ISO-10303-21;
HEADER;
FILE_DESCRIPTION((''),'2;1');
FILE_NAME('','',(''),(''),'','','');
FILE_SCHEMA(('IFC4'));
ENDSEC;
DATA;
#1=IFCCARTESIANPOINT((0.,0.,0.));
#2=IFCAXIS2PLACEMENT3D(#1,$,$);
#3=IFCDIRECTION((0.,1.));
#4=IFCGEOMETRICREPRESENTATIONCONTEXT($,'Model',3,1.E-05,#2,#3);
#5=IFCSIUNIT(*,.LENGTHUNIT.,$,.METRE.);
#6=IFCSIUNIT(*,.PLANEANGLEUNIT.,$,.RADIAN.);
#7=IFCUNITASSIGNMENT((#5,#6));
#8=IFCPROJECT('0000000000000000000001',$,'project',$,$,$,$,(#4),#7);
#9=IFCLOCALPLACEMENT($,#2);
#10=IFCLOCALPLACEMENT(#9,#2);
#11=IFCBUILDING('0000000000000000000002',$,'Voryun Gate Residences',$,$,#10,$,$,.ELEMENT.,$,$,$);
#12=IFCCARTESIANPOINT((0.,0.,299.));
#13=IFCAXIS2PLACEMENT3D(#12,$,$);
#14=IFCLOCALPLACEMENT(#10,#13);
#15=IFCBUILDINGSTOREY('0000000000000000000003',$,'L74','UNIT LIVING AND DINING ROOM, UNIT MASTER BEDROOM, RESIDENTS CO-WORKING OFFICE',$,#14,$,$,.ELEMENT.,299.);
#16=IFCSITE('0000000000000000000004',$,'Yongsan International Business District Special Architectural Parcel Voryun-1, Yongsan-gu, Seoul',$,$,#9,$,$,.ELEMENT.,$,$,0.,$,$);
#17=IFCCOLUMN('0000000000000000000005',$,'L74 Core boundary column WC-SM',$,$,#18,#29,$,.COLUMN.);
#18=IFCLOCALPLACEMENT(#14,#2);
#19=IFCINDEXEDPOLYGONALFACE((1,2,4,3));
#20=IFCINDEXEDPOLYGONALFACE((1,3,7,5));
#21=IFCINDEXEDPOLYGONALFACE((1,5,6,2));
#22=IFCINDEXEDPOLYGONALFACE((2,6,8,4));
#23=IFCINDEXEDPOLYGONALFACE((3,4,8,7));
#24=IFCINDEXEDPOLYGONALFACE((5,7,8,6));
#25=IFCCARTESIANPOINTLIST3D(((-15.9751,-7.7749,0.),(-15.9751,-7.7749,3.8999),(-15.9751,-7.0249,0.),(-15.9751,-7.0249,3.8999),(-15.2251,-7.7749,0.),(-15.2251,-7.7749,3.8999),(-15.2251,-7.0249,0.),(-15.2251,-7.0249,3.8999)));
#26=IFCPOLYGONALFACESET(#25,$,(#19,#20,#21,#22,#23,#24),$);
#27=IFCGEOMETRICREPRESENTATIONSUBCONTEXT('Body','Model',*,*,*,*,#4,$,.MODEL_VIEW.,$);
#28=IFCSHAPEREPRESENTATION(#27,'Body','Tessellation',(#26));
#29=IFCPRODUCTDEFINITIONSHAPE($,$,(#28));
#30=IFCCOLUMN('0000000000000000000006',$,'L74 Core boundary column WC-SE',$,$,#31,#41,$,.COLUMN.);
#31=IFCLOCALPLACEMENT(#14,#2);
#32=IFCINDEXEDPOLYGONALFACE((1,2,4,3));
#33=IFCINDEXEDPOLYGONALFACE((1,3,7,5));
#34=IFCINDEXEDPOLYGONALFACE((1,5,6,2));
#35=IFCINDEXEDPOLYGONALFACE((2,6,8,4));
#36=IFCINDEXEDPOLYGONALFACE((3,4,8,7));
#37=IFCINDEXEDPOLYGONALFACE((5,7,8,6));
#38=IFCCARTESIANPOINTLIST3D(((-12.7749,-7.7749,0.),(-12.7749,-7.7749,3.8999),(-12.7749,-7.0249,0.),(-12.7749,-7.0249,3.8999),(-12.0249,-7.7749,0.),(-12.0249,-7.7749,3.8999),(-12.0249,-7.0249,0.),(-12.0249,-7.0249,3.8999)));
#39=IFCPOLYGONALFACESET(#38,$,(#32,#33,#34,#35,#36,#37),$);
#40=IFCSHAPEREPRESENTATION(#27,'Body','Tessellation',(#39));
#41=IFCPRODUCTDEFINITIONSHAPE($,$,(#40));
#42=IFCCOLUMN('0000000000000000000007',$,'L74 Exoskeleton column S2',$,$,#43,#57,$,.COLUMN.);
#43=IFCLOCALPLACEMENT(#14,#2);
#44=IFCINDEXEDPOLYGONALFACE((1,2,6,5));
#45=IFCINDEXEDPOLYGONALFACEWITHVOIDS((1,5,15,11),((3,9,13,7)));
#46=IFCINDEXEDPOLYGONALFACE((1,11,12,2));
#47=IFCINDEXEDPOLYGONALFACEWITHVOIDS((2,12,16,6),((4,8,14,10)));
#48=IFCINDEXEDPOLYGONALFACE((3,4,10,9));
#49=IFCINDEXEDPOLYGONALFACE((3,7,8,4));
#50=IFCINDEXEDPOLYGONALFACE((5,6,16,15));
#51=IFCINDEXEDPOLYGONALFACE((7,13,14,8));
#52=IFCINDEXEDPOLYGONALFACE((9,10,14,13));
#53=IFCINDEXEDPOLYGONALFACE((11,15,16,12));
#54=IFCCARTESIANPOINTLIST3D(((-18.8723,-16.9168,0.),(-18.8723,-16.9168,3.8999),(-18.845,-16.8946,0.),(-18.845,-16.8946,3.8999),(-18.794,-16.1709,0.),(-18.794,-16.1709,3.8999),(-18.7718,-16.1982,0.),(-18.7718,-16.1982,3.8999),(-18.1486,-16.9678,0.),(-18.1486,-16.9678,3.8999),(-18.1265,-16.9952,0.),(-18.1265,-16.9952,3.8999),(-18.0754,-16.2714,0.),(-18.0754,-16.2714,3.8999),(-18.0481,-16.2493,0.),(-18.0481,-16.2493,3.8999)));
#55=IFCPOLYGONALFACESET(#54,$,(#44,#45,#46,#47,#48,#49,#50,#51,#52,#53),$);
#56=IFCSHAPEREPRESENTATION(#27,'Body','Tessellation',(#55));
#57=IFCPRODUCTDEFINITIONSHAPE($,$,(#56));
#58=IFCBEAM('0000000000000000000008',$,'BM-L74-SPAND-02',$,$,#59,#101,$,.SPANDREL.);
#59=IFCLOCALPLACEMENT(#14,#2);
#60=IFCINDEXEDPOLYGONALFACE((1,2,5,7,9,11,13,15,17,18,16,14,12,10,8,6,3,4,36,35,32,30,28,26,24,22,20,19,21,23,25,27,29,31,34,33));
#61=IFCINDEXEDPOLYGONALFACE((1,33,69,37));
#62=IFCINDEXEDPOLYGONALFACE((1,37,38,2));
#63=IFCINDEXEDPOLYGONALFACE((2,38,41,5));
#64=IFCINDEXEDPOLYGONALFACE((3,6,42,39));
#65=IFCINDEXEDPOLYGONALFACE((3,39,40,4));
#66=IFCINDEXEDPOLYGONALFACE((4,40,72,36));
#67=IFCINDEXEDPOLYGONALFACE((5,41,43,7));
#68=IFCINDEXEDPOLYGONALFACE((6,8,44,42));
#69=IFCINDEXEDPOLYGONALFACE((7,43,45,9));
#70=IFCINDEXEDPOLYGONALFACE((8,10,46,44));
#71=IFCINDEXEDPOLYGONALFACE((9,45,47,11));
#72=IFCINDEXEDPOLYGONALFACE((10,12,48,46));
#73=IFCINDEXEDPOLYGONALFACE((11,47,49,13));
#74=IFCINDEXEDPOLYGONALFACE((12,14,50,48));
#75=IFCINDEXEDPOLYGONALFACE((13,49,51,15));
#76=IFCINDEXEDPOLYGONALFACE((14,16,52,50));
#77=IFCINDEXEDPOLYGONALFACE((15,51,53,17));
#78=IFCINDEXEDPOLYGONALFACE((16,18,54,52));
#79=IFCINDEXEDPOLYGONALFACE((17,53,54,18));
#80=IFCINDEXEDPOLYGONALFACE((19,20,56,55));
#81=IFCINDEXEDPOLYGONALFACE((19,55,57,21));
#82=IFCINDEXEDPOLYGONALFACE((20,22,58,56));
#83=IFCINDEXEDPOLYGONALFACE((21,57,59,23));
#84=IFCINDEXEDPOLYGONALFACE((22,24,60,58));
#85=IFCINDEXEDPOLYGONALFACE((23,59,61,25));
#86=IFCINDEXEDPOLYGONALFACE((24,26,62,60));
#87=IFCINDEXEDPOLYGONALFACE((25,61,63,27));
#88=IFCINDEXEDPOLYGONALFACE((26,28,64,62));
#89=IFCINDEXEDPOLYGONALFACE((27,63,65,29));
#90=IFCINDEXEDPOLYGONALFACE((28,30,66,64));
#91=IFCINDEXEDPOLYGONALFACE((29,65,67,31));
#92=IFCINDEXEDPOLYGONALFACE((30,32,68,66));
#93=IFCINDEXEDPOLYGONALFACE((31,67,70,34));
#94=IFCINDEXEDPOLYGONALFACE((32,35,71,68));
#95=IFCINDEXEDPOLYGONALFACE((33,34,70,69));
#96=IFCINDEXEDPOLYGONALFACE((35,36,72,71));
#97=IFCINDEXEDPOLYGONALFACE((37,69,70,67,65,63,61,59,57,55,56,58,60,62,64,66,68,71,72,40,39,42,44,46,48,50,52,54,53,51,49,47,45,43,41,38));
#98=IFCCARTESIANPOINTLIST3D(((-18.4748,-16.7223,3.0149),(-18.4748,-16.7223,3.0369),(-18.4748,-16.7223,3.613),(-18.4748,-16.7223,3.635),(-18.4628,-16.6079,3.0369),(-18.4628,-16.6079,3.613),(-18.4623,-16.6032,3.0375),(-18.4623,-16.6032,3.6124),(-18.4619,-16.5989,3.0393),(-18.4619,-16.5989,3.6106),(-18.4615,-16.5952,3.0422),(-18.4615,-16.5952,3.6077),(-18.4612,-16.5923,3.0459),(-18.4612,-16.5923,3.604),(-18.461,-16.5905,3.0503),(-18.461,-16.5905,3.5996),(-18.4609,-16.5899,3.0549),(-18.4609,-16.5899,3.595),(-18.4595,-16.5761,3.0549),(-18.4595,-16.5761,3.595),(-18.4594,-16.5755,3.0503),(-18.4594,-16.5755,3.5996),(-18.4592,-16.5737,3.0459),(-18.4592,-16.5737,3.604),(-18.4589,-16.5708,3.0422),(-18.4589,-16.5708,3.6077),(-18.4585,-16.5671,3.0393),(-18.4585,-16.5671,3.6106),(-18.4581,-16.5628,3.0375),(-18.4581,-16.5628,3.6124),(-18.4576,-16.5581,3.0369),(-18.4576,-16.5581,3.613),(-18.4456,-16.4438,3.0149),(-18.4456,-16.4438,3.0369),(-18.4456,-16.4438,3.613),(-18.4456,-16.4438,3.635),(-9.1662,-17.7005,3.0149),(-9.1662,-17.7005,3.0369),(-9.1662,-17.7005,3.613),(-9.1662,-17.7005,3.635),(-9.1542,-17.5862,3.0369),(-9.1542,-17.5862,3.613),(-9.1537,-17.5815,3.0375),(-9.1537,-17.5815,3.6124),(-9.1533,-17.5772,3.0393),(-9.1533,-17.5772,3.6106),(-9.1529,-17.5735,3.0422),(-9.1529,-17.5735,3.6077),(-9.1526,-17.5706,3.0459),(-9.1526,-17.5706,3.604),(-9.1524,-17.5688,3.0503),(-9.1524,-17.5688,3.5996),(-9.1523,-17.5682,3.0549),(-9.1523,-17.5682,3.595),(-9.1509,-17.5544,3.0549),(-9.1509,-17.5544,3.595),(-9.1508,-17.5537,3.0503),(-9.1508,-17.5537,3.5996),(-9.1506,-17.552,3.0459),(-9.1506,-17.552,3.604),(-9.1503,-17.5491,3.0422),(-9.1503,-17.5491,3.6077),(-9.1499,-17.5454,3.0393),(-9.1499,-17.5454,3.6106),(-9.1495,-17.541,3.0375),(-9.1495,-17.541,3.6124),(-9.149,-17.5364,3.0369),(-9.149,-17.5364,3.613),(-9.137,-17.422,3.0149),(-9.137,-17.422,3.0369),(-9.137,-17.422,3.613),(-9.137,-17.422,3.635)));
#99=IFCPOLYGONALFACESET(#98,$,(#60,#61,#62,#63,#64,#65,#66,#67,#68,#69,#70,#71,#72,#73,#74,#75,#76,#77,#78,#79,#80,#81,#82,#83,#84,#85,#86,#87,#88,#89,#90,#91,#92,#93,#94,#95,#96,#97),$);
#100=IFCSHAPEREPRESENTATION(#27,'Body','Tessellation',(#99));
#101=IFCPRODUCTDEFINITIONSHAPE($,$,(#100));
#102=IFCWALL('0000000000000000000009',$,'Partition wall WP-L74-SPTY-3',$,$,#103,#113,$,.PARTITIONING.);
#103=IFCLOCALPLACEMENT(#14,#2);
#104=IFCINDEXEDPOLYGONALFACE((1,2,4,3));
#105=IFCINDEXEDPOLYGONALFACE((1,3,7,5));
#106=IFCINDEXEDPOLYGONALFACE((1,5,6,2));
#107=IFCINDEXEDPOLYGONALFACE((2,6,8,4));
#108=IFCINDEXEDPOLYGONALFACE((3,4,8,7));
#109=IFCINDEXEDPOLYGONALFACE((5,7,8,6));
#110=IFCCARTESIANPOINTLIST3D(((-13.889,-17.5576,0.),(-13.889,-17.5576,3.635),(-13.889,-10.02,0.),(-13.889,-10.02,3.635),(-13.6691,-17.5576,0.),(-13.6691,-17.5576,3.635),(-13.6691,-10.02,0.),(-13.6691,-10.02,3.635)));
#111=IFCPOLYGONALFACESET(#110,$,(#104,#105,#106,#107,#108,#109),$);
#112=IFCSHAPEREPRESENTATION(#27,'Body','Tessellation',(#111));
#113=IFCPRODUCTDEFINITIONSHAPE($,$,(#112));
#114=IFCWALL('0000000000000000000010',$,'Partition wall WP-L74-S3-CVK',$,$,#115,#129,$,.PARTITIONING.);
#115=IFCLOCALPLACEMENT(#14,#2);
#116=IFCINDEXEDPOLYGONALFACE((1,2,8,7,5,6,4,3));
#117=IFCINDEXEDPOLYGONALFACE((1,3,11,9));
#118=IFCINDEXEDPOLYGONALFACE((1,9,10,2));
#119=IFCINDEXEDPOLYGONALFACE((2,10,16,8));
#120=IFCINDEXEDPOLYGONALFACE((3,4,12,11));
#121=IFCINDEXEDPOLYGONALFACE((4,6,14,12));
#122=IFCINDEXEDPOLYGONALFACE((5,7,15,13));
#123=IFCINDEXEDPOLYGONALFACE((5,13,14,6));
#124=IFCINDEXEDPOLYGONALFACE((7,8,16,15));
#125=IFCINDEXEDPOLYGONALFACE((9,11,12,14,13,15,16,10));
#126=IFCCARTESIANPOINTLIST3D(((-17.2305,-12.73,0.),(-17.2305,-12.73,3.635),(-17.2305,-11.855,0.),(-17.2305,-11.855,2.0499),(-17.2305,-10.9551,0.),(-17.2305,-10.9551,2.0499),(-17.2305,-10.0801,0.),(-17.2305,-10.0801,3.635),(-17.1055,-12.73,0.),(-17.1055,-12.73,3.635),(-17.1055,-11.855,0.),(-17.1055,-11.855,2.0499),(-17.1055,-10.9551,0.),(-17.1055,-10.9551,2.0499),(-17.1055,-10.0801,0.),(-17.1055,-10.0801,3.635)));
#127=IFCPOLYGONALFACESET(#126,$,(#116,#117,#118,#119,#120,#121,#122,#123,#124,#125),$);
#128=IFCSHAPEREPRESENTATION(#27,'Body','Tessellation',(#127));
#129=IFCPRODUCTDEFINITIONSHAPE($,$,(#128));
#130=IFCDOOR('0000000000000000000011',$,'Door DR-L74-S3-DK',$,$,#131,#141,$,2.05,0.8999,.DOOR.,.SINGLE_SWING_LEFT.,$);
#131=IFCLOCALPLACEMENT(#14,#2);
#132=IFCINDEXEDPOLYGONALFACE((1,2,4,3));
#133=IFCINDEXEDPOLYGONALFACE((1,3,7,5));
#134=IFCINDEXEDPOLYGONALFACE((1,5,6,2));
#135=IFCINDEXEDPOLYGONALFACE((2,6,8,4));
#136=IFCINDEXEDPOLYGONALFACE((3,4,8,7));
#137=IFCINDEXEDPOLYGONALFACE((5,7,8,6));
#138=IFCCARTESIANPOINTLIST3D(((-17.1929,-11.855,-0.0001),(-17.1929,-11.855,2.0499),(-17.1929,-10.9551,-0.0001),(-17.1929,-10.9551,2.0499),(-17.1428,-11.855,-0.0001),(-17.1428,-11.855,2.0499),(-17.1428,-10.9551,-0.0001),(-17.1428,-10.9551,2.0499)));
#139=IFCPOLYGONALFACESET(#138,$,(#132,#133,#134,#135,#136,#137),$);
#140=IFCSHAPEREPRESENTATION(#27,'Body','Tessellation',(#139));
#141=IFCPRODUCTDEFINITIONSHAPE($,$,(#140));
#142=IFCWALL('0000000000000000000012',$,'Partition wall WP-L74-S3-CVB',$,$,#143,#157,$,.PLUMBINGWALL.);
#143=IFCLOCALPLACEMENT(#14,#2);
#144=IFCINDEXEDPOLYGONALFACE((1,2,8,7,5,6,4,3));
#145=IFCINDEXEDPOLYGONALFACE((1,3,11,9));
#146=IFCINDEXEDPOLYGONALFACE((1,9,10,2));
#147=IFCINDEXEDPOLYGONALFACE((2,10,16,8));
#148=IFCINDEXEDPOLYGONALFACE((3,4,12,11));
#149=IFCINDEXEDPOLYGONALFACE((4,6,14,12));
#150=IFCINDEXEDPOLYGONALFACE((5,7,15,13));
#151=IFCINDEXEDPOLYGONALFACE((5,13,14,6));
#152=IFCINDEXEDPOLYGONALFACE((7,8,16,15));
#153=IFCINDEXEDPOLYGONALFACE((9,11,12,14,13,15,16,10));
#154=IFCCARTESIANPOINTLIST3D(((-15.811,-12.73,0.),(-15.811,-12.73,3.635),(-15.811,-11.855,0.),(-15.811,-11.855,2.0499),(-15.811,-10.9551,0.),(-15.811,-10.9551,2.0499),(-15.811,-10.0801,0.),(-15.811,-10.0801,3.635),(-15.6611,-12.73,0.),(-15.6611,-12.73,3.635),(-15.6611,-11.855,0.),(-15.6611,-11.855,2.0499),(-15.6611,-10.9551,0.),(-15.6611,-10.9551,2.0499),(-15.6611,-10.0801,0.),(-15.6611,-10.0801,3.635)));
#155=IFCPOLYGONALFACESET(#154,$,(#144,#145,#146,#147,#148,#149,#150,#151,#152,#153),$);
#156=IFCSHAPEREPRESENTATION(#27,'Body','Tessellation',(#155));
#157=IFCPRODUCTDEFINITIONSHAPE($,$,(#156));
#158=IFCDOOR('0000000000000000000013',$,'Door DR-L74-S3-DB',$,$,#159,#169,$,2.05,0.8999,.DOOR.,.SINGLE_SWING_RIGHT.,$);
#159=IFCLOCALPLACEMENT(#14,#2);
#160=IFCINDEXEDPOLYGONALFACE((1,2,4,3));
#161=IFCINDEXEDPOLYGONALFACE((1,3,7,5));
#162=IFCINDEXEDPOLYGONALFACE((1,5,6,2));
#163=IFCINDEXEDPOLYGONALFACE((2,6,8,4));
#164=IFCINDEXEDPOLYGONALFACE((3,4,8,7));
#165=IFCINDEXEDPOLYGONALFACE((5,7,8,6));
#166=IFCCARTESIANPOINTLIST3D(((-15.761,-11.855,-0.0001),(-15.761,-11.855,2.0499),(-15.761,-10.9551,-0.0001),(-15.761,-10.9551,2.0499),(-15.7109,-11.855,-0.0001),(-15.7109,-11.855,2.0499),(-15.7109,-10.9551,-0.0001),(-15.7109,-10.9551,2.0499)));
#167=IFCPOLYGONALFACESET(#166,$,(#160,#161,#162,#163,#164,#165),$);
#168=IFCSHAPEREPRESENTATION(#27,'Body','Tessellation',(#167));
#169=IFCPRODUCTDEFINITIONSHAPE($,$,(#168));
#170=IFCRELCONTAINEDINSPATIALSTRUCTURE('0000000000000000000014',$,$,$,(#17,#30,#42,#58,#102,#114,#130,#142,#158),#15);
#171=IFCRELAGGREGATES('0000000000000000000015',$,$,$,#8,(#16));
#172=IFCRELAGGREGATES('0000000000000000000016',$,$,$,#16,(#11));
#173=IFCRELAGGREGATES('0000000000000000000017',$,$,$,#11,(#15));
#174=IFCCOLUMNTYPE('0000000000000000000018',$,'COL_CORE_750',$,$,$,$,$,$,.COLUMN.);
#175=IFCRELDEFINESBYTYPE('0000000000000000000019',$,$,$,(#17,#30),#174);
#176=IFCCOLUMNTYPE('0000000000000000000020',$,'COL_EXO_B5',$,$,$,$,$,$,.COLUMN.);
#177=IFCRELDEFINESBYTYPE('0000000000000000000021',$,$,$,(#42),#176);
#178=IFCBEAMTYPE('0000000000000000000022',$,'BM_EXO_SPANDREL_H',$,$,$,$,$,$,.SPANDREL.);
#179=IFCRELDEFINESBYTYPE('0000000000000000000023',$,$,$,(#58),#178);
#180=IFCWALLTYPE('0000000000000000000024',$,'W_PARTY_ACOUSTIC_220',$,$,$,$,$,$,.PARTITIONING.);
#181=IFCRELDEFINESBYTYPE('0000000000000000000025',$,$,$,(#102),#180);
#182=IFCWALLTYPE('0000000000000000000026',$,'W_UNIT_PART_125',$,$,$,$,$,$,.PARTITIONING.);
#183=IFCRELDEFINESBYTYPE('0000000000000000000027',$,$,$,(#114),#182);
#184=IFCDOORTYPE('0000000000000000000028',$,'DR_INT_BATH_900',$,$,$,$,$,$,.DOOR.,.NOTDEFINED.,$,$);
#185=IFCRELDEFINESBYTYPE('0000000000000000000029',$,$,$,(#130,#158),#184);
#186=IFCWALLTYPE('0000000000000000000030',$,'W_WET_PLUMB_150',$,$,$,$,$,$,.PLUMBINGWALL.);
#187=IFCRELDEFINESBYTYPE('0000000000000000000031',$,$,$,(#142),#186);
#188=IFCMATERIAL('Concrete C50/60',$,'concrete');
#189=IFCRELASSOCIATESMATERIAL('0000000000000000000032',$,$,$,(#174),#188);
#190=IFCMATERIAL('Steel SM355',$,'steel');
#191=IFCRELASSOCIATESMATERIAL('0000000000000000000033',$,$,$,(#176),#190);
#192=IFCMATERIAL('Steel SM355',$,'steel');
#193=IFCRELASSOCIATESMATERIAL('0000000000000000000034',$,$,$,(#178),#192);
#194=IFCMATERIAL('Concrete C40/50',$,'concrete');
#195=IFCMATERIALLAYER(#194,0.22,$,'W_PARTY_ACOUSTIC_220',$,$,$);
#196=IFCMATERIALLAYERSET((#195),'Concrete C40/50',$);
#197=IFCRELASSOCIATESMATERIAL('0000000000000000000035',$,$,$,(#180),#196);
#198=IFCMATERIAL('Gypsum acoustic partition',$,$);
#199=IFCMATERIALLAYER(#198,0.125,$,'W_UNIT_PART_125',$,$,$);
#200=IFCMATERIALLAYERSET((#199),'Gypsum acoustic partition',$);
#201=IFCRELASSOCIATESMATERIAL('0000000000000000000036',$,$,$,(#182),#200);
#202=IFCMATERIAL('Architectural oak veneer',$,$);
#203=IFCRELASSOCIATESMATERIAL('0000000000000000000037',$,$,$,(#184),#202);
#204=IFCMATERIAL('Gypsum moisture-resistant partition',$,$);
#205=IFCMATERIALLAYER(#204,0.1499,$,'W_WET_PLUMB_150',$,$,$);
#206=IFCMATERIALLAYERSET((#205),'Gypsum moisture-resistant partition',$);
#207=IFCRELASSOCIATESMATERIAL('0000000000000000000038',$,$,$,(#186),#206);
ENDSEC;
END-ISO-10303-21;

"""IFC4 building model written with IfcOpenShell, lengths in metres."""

from ifc_helpers import new_model, si_unit, direction, frame, frame_2d, origin, origin_2d, place, context, subcontext, project, spatial, rectangle, hollow_rectangle, i_section, extrude, material, layer, layer_set, material_profile, profile_set, type_object, element, fill, save


model = new_model("IFC4")

# Units and contexts
model_context = context("Model", 3, precision=1e-05, world=origin(), true_north=direction((0.0, 1.0)))
body_context = subcontext(model_context, "Body", "Model", "MODEL_VIEW")
ifc_project = project(units=[si_unit("LENGTHUNIT", "METRE"), si_unit("PLANEANGLEUNIT", "RADIAN")], contexts=[model_context])

# Site, building, storey
site_placement = place(None, origin())
site = spatial("IfcSite", under=ifc_project, at=site_placement, Name="Yongsan International Business District Special Architectural Parcel Voryun-1, Yongsan-gu, Seoul", CompositionType="ELEMENT", RefElevation=0.0)
building_placement = place(site_placement, origin())
building = spatial("IfcBuilding", under=site, at=building_placement, Name="Voryun Gate Residences", CompositionType="ELEMENT")
storey_placement = place(building_placement, frame((0.0, 0.0, 299.0)))
storey = spatial("IfcBuildingStorey", under=building, at=storey_placement, Name="L74", Description="UNIT LIVING AND DINING ROOM, UNIT MASTER BEDROOM, RESIDENTS CO-WORKING OFFICE", CompositionType="ELEMENT", Elevation=299.0)

# Columns
ifc_material_1 = material(Name="Concrete C50/60", Category="concrete")
ifc_material_profile_1 = material_profile(ifc_material_1, rectangle(XDim=0.75, YDim=0.75, at=origin_2d()), Name="RC-750x750")
ifc_profile_set_1 = profile_set([ifc_material_profile_1], Name="Concrete C50/60")
column_type_1 = type_object("IfcColumnType", Name="COL_CORE_750", PredefinedType="COLUMN", material=ifc_profile_set_1)
for number, where, z_axis, x_axis, name in (
    (1, (-15.6001, -7.3999, 0.0), (0.0, 0.0, 1.0), (1.0, 0.0, 0.0), "L74 Core boundary column WC-SM"),
    (2, (-12.3999, -7.3999, 0.0), (0.0, 0.0, 1.0), (1.0, 0.0, 0.0), "L74 Core boundary column WC-SE"),
):
    element("IfcColumn", number, at=place(storey_placement, frame(where, z_axis=z_axis, x_axis=x_axis)), inside=storey, type_object=column_type_1, Name=name, PredefinedType="COLUMN", context=body_context, shape_type="SweptSolid", body=[
        extrude(rectangle(XDim=0.75, YDim=0.75, at=origin_2d()), origin(), (0.0, 0.0, 1.0), 3.8999),
    ])
ifc_material_2 = material(Name="Steel SM355", Category="steel")
ifc_material_profile_2 = material_profile(ifc_material_2, hollow_rectangle(XDim=0.75, YDim=0.75, WallThickness=0.0249, at=origin_2d()), Name="BOX-750x750x25")
ifc_profile_set_2 = profile_set([ifc_material_profile_2], Name="Steel SM355")
column_type_2 = type_object("IfcColumnType", Name="COL_EXO_B5", PredefinedType="COLUMN", material=ifc_profile_set_2)
column_placement = place(storey_placement, frame((-18.4602, -16.583, 0.0), z_axis=(0.0, 0.0, 1.0), x_axis=(0.994522, -0.104528, 0.0)))
element("IfcColumn", 3, at=column_placement, inside=storey, type_object=column_type_2, Name="L74 Exoskeleton column S2", PredefinedType="COLUMN", context=body_context, shape_type="SweptSolid", body=[
    extrude(hollow_rectangle(XDim=0.75, YDim=0.75, WallThickness=0.0249, at=origin_2d()), origin(), (0.0, 0.0, 1.0), 3.8999),
])

# Beam
ifc_material_3 = material(Name="Steel SM355", Category="steel")
ifc_material_profile_3 = material_profile(ifc_material_3, i_section(OverallWidth=0.28, OverallDepth=0.6201, WebThickness=0.0139, FlangeThickness=0.022, FilletRadius=0.0181, at=origin_2d()), Name="H-620x280x14x22")
ifc_profile_set_3 = profile_set([ifc_material_profile_3], Name="Steel SM355")
beam_type = type_object("IfcBeamType", Name="BM_EXO_SPANDREL_H", PredefinedType="SPANDREL", material=ifc_profile_set_3)
beam_placement = place(storey_placement, frame((-18.4602, -16.583, 3.325), z_axis=(0.994523, -0.104518, 0.0), x_axis=(0.104518, 0.994523, 0.0)))
element("IfcBeam", 4, at=beam_placement, inside=storey, type_object=beam_type, Name="BM-L74-SPAND-02", PredefinedType="SPANDREL", context=body_context, shape_type="SweptSolid", body=[
    extrude(i_section(OverallWidth=0.28, OverallDepth=0.6201, WebThickness=0.0139, FlangeThickness=0.022, FilletRadius=0.0181, at=origin_2d()), origin(), (0.0, 0.0, 1.0), 9.3599),
])

# Wall
ifc_material_4 = material(Name="Concrete C40/50", Category="concrete")
ifc_layer_1 = layer(ifc_material_4, 0.22, Name="W_PARTY_ACOUSTIC_220")
ifc_layer_set_1 = layer_set([ifc_layer_1], Name="Concrete C40/50")
wall_type_1 = type_object("IfcWallType", Name="W_PARTY_ACOUSTIC_220", PredefinedType="PARTITIONING", material=ifc_layer_set_1)
wall_1_placement = place(storey_placement, frame((-13.7791, -17.5576, 0.0), z_axis=(0.0, 0.0, 1.0), x_axis=(0.0, 1.0, 0.0)))
element("IfcWall", 5, at=wall_1_placement, inside=storey, type_object=wall_type_1, Name="Partition wall WP-L74-SPTY-3", PredefinedType="PARTITIONING", context=body_context, shape_type="SweptSolid", body=[
    extrude(rectangle(XDim=7.5376, YDim=0.22, at=frame_2d((3.7688, 0.0))), origin(), (0.0, 0.0, 1.0), 3.635),
])

# Walls, openings, doors
ifc_material_5 = material(Name="Gypsum acoustic partition")
ifc_layer_2 = layer(ifc_material_5, 0.125, Name="W_UNIT_PART_125")
ifc_layer_set_2 = layer_set([ifc_layer_2], Name="Gypsum acoustic partition")
wall_type_2 = type_object("IfcWallType", Name="W_UNIT_PART_125", PredefinedType="PARTITIONING", material=ifc_layer_set_2)
wall_2_placement = place(storey_placement, frame((-17.168, -12.73, 0.0), z_axis=(0.0, 0.0, 1.0), x_axis=(0.0, 1.0, 0.0)))
wall_2 = element("IfcWall", 6, at=wall_2_placement, inside=storey, type_object=wall_type_2, Name="Partition wall WP-L74-S3-CVK", PredefinedType="PARTITIONING", context=body_context, shape_type="SweptSolid", body=[
    extrude(rectangle(XDim=2.6499, YDim=0.125, at=frame_2d((1.325, 0.0))), origin(), (0.0, 0.0, 1.0), 3.635),
])
opening_1_placement = place(wall_2_placement, frame((0.875, 0.0, 0.0)))
opening_1 = element("IfcOpeningElement", 7, at=opening_1_placement, cuts=wall_2, PredefinedType="OPENING", context=body_context, shape_type="SweptSolid", body=[
    extrude(rectangle(XDim=0.8999, YDim=2.05, at=frame_2d((0.45, 1.0249))), frame((0.0, 0.0725, 0.0), z_axis=(0.0, -1.0, 0.0), x_axis=(1.0, 0.0, 0.0)), (0.0, 0.0, 1.0), 0.145),
])
ifc_material_6 = material(Name="Architectural oak veneer")
door_type = type_object("IfcDoorType", Name="DR_INT_BATH_900", OperationType="NOTDEFINED", PredefinedType="DOOR", material=ifc_material_6)
door_1_placement = place(opening_1_placement, origin())
door_1 = element("IfcDoor", 8, at=door_1_placement, inside=storey, type_object=door_type, Name="Door DR-L74-S3-DK", OperationType="SINGLE_SWING_LEFT", OverallHeight=2.05, OverallWidth=0.8999, PredefinedType="DOOR", context=body_context, shape_type="SweptSolid", body=[
    extrude(rectangle(XDim=0.8999, YDim=2.05, at=frame_2d((0.45, 1.0249))), frame((0.0, 0.0249, 0.0), z_axis=(0.0, -1.0, 0.0), x_axis=(1.0, 0.0, 0.0)), (0.0, 0.0, 1.0), 0.05),
])
fill(opening_1, door_1)
ifc_material_7 = material(Name="Gypsum moisture-resistant partition")
ifc_layer_3 = layer(ifc_material_7, 0.1499, Name="W_WET_PLUMB_150")
ifc_layer_set_3 = layer_set([ifc_layer_3], Name="Gypsum moisture-resistant partition")
wall_type_3 = type_object("IfcWallType", Name="W_WET_PLUMB_150", PredefinedType="PLUMBINGWALL", material=ifc_layer_set_3)
wall_3_placement = place(storey_placement, frame((-15.7361, -12.73, 0.0), z_axis=(0.0, 0.0, 1.0), x_axis=(0.0, 1.0, 0.0)))
wall_3 = element("IfcWall", 9, at=wall_3_placement, inside=storey, type_object=wall_type_3, Name="Partition wall WP-L74-S3-CVB", PredefinedType="PLUMBINGWALL", context=body_context, shape_type="SweptSolid", body=[
    extrude(rectangle(XDim=2.6499, YDim=0.1499, at=frame_2d((1.325, 0.0))), origin(), (0.0, 0.0, 1.0), 3.635),
])
opening_2_placement = place(wall_3_placement, frame((0.875, 0.0, 0.0)))
opening_2 = element("IfcOpeningElement", 10, at=opening_2_placement, cuts=wall_3, PredefinedType="OPENING", context=body_context, shape_type="SweptSolid", body=[
    extrude(rectangle(XDim=0.8999, YDim=2.05, at=frame_2d((0.45, 1.0249))), frame((0.0, 0.085, 0.0), z_axis=(0.0, -1.0, 0.0), x_axis=(1.0, 0.0, 0.0)), (0.0, 0.0, 1.0), 0.1699),
])
door_2_placement = place(opening_2_placement, origin())
door_2 = element("IfcDoor", 11, at=door_2_placement, inside=storey, type_object=door_type, Name="Door DR-L74-S3-DB", OperationType="SINGLE_SWING_RIGHT", OverallHeight=2.05, OverallWidth=0.8999, PredefinedType="DOOR", context=body_context, shape_type="SweptSolid", body=[
    extrude(rectangle(XDim=0.8999, YDim=2.05, at=frame_2d((0.45, 1.0249))), frame((0.0, 0.0249, 0.0), z_axis=(0.0, -1.0, 0.0), x_axis=(1.0, 0.0, 0.0)), (0.0, 0.0, 1.0), 0.05),
])
fill(opening_2, door_2)

save(model, "model.ifc")
